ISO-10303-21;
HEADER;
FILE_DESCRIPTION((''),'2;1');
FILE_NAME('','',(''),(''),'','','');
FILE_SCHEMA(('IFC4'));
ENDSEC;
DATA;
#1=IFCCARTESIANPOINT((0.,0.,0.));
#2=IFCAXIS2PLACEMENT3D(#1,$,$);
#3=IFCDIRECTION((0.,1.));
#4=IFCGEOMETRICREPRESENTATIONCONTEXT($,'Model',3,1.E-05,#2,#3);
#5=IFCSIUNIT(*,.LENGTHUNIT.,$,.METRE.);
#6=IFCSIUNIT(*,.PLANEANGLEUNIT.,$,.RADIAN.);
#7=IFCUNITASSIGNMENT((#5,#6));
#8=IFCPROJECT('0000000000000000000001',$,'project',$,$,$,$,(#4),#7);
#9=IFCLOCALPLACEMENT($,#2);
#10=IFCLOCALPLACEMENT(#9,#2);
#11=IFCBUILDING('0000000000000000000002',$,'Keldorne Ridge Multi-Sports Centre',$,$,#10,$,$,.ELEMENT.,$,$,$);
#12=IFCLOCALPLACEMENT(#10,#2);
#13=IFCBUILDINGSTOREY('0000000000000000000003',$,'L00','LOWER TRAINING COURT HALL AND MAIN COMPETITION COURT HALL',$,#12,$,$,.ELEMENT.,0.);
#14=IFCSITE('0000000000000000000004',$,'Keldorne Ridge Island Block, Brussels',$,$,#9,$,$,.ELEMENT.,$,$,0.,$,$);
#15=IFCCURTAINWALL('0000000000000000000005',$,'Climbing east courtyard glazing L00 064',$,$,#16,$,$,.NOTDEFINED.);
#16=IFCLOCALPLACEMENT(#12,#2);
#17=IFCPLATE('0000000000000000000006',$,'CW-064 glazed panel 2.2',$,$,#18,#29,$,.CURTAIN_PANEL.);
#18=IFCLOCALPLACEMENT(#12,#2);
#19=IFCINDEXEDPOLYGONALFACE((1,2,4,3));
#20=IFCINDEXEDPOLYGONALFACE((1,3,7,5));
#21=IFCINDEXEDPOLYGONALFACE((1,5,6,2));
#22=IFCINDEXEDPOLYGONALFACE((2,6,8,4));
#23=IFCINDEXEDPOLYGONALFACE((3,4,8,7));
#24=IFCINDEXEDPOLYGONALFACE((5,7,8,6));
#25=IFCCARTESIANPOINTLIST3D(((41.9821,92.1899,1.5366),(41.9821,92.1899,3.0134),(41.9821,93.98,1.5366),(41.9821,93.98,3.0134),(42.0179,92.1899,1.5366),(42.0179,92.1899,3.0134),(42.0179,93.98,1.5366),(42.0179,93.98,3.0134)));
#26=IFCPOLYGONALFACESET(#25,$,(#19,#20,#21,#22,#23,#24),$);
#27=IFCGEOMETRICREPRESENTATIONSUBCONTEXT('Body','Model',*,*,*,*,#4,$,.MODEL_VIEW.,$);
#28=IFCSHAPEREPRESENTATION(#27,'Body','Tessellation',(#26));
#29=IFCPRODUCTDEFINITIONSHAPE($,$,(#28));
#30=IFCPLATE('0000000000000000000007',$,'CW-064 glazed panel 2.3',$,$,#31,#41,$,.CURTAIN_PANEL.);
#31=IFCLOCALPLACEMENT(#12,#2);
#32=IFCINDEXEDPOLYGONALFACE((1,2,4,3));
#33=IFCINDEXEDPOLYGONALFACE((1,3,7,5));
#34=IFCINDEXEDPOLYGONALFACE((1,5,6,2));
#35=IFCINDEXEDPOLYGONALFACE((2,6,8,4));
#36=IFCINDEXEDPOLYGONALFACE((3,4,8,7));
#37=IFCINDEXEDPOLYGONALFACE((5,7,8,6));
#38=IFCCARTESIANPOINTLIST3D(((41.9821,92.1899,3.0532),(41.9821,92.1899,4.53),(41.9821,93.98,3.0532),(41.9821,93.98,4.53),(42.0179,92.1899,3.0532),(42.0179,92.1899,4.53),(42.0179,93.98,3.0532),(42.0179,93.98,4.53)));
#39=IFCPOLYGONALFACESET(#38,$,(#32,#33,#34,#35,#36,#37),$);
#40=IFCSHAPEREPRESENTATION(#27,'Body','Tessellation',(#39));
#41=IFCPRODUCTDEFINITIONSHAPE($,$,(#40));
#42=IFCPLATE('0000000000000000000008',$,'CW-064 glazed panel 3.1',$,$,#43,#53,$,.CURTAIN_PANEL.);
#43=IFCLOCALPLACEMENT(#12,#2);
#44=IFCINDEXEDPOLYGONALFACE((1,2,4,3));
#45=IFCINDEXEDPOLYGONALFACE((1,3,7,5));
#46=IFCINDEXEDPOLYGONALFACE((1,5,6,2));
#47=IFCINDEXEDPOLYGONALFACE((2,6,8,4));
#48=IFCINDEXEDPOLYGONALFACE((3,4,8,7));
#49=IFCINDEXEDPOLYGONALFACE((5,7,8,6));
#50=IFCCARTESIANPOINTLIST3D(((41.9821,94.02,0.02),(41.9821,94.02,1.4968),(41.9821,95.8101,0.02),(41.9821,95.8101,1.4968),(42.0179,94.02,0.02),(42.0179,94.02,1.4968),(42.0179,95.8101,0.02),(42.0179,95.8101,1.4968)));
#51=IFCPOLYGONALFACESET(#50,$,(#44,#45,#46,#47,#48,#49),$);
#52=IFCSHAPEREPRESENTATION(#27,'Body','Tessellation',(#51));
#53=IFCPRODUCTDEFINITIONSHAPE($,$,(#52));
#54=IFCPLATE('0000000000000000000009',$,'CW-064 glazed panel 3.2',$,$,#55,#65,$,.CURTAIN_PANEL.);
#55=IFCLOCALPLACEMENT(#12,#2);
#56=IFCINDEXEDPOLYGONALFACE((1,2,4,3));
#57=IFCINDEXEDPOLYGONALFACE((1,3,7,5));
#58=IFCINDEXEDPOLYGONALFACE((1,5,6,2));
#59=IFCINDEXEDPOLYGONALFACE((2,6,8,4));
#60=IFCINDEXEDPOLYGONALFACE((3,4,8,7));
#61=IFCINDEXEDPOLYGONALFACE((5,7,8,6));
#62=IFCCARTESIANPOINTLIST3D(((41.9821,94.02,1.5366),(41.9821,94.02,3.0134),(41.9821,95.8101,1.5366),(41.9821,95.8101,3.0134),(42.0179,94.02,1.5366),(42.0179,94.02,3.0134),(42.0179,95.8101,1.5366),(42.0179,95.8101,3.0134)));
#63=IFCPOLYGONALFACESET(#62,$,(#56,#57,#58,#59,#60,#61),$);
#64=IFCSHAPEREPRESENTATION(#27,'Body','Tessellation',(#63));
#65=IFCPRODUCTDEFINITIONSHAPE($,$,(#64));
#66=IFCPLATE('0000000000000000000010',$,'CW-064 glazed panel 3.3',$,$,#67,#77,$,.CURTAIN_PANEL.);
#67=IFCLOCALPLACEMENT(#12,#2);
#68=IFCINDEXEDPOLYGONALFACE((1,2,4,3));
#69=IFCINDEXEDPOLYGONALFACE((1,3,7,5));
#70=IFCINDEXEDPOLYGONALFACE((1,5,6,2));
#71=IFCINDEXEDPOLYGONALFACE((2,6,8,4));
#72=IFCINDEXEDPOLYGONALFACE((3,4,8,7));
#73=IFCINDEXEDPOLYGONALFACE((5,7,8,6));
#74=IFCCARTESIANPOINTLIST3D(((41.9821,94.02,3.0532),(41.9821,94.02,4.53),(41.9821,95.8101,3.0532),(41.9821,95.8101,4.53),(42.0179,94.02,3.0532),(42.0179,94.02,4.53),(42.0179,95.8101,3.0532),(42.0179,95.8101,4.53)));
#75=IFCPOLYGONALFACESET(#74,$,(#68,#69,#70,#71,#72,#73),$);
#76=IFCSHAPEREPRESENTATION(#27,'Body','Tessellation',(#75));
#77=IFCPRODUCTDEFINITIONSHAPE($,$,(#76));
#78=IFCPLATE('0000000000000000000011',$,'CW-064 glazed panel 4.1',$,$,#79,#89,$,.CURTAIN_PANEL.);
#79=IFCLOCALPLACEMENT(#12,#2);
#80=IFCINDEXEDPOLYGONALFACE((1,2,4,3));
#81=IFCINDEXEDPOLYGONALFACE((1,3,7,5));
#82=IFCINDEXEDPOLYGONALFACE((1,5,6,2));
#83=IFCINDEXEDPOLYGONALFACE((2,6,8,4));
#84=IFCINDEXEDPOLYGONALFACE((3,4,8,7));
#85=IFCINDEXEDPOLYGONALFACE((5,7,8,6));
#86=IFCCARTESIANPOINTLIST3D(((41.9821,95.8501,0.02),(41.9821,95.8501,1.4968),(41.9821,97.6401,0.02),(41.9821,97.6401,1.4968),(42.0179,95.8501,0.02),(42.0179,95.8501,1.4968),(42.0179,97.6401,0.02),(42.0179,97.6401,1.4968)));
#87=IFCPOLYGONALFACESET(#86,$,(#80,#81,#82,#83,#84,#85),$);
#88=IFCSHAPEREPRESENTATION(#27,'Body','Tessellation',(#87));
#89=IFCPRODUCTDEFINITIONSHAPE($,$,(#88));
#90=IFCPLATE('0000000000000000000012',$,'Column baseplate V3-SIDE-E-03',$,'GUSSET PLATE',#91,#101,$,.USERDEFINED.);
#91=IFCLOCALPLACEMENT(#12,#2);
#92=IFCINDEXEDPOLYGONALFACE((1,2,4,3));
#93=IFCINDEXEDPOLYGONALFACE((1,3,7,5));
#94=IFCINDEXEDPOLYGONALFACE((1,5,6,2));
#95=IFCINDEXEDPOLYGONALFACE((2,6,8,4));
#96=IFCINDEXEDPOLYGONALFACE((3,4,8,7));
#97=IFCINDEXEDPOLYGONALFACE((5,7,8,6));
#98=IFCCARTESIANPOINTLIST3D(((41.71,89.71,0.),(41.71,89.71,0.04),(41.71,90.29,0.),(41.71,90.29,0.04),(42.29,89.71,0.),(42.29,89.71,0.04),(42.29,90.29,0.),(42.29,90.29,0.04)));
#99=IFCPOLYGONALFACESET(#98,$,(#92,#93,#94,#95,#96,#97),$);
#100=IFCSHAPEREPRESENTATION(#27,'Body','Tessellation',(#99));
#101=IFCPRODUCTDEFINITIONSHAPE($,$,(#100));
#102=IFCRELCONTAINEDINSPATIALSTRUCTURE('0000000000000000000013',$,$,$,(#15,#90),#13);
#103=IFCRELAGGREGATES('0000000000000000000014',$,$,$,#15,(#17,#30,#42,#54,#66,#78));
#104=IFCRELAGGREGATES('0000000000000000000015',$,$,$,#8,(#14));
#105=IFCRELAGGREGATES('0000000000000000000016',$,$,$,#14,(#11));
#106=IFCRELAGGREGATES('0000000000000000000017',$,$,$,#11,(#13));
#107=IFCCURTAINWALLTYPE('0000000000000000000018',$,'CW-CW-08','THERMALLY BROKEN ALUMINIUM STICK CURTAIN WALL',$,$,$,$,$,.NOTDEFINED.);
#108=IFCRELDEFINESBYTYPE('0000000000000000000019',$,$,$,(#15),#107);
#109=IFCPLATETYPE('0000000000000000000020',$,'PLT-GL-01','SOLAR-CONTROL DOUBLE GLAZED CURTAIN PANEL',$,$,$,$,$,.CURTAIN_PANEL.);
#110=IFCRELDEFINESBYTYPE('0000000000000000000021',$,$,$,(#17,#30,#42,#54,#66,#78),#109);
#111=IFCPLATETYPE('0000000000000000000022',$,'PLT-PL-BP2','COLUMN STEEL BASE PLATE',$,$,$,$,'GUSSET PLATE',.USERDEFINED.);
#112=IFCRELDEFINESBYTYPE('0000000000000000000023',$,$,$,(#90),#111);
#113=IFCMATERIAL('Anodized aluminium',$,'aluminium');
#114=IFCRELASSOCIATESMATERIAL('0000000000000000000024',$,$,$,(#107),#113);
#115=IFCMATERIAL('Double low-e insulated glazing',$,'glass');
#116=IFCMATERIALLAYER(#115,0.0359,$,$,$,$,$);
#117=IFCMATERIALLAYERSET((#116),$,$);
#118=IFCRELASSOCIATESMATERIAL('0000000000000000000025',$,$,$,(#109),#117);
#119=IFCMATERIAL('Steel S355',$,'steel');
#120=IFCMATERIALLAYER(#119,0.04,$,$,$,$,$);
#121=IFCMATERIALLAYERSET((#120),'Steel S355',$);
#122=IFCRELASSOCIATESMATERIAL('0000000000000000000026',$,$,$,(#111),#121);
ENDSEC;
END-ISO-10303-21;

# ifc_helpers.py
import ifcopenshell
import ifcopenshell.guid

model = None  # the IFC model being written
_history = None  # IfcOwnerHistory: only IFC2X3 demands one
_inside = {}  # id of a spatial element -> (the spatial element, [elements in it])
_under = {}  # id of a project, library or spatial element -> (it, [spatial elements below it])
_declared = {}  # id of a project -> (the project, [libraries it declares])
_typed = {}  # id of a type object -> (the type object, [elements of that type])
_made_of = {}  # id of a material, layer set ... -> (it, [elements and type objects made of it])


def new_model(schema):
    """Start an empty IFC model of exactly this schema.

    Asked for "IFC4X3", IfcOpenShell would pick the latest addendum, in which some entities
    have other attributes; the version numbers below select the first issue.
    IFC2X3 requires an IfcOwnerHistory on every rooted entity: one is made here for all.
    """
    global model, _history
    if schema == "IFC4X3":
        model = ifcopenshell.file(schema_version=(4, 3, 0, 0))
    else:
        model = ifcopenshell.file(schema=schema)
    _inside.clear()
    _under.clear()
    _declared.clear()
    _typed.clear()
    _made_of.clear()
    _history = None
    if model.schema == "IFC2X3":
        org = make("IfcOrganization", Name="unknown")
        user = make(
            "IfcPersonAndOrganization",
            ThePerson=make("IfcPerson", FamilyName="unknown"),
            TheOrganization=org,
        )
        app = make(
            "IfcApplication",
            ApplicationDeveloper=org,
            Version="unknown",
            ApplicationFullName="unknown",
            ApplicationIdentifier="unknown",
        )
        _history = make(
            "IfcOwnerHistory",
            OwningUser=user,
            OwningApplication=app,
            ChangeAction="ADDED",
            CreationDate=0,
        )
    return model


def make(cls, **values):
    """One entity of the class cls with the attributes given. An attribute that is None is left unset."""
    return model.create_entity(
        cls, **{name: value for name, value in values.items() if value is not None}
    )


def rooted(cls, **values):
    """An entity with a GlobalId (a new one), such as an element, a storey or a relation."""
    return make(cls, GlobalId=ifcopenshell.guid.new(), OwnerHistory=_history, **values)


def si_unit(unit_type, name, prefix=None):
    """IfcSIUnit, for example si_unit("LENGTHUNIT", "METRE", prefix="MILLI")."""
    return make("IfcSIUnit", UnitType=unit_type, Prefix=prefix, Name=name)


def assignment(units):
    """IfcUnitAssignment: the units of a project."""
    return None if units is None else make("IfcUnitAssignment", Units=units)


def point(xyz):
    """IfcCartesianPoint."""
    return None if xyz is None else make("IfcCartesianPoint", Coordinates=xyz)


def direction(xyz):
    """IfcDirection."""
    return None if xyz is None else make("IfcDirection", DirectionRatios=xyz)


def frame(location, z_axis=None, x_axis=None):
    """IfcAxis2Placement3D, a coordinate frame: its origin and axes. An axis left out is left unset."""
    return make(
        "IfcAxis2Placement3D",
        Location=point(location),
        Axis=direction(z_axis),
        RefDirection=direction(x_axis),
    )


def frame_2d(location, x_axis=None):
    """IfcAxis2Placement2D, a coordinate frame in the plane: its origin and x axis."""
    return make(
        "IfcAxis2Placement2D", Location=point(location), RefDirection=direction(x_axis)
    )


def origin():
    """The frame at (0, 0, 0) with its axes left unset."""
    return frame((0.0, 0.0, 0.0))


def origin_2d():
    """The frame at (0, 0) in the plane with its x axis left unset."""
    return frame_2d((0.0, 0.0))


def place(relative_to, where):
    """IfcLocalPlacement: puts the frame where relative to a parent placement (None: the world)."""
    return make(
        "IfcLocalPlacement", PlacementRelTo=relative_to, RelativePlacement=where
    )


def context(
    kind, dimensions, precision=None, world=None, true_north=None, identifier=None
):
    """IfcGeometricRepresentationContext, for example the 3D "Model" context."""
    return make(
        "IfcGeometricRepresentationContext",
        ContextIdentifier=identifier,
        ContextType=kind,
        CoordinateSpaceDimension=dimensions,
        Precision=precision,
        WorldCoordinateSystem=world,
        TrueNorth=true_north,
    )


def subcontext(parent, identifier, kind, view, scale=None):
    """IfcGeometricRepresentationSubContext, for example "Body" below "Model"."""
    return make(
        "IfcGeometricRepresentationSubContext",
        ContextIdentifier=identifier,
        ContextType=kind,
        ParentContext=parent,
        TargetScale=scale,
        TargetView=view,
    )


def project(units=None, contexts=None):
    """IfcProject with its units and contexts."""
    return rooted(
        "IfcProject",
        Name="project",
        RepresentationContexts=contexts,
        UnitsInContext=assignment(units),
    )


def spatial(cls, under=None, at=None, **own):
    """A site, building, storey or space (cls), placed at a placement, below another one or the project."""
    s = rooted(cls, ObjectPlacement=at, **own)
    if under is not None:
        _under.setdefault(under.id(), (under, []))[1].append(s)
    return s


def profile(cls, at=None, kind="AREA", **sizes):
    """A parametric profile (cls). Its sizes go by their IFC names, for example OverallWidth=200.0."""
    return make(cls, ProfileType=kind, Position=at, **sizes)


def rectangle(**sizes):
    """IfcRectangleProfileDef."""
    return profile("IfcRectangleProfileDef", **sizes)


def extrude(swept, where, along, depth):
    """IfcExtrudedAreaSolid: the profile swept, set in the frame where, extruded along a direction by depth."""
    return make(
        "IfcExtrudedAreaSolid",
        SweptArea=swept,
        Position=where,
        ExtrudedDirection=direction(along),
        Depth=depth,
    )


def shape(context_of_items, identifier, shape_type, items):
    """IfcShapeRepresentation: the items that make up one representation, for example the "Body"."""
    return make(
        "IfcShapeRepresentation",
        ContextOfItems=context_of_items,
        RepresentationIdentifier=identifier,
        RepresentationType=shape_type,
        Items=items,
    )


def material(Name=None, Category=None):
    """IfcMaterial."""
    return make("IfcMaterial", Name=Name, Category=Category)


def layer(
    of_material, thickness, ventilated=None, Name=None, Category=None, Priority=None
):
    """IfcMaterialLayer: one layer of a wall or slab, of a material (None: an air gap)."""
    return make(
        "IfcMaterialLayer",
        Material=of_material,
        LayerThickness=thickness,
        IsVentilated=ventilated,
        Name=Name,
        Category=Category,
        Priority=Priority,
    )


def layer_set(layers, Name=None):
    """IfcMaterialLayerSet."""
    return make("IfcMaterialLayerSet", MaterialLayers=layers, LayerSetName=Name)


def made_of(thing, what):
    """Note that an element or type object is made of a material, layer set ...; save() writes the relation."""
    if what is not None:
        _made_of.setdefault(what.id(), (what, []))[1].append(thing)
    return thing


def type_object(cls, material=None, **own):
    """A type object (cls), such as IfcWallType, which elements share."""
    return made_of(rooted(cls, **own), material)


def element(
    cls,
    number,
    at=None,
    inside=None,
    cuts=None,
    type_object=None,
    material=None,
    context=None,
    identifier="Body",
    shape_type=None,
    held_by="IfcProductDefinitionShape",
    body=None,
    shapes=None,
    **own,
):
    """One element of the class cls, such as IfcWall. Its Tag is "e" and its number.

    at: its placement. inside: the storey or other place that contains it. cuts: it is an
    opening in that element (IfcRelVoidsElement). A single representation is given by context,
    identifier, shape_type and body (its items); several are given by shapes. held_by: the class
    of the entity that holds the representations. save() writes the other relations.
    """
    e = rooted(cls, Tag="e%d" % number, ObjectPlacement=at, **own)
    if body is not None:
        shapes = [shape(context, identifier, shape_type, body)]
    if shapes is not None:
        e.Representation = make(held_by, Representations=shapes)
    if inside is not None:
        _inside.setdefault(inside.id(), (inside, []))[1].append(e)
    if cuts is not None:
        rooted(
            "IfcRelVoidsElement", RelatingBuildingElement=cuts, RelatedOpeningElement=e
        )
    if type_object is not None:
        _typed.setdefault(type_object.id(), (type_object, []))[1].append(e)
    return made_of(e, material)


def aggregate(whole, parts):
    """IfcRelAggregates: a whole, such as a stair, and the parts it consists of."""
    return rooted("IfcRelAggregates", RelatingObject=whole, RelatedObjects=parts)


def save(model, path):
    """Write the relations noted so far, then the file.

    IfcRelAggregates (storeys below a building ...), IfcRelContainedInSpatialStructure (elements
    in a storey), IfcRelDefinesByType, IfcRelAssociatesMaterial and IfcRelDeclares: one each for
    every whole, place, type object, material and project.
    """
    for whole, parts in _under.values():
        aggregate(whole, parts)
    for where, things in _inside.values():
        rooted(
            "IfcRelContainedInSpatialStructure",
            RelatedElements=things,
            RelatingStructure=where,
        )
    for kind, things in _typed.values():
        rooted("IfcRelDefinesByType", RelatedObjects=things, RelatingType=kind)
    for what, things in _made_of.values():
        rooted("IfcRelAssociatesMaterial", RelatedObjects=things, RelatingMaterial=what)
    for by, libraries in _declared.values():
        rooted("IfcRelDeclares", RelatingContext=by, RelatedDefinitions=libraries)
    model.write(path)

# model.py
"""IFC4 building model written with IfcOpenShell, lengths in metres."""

from ifc_helpers import new_model, si_unit, direction, frame, origin, origin_2d, place, context, subcontext, project, spatial, rectangle, extrude, material, layer, layer_set, type_object, element, aggregate, save


model = new_model("IFC4")

# Units and contexts
model_context = context("Model", 3, precision=1e-05, world=origin(), true_north=direction((0.0, 1.0)))
body_context = subcontext(model_context, "Body", "Model", "MODEL_VIEW")
ifc_project = project(units=[si_unit("LENGTHUNIT", "METRE"), si_unit("PLANEANGLEUNIT", "RADIAN")], contexts=[model_context])

# Site, building, storey
site_placement = place(None, origin())
site = spatial("IfcSite", under=ifc_project, at=site_placement, Name="Keldorne Ridge Island Block, Brussels", CompositionType="ELEMENT", RefElevation=0.0)
building_placement = place(site_placement, origin())
building = spatial("IfcBuilding", under=site, at=building_placement, Name="Keldorne Ridge Multi-Sports Centre", CompositionType="ELEMENT")
storey_placement = place(building_placement, origin())
storey = spatial("IfcBuildingStorey", under=building, at=storey_placement, Name="L00", Description="LOWER TRAINING COURT HALL AND MAIN COMPETITION COURT HALL", CompositionType="ELEMENT", Elevation=0.0)

# Shared definitions
ifc_material_1 = material(Name="Steel S355", Category="steel")

# Shared definitions
ifc_material_2 = material(Name="Anodized aluminium", Category="aluminium")

# Curtain wall, plates
curtain_wall_type_1 = type_object("IfcCurtainWallType", Name="CW-CW-08", Description="THERMALLY BROKEN ALUMINIUM STICK CURTAIN WALL", PredefinedType="NOTDEFINED", material=ifc_material_2)
curtain_wall_1_placement = place(storey_placement, origin())
curtain_wall_1 = element("IfcCurtainWall", 1, at=curtain_wall_1_placement, inside=storey, type_object=curtain_wall_type_1, Name="Climbing east courtyard glazing L00 064", PredefinedType="NOTDEFINED")
ifc_material_3 = material(Name="Double low-e insulated glazing", Category="glass")
ifc_layer_1 = layer(ifc_material_3, 0.0359)
ifc_layer_set_1 = layer_set([ifc_layer_1])
plate_type_1 = type_object("IfcPlateType", Name="PLT-GL-01", Description="SOLAR-CONTROL DOUBLE GLAZED CURTAIN PANEL", PredefinedType="CURTAIN_PANEL", material=ifc_layer_set_1)
plate_1_placement = place(storey_placement, frame((42.0, 93.085, 1.5366), z_axis=(0.0, 0.0, 1.0), x_axis=(0.0, 1.0, 0.0)))
plate_1 = element("IfcPlate", 2, at=plate_1_placement, type_object=plate_type_1, Name="CW-064 glazed panel 2.2", PredefinedType="CURTAIN_PANEL", context=body_context, shape_type="SweptSolid", body=[
    extrude(rectangle(XDim=1.79, YDim=0.0359, at=origin_2d()), origin(), (0.0, 0.0, 1.0), 1.4768),
])
plate_2_placement = place(storey_placement, frame((42.0, 93.085, 3.0532), z_axis=(0.0, 0.0, 1.0), x_axis=(0.0, 1.0, 0.0)))
plate_2 = element("IfcPlate", 3, at=plate_2_placement, type_object=plate_type_1, Name="CW-064 glazed panel 2.3", PredefinedType="CURTAIN_PANEL", context=body_context, shape_type="SweptSolid", body=[
    extrude(rectangle(XDim=1.79, YDim=0.0359, at=origin_2d()), origin(), (0.0, 0.0, 1.0), 1.4768),
])
plate_3_placement = place(storey_placement, frame((42.0, 94.915, 0.02), z_axis=(0.0, 0.0, 1.0), x_axis=(0.0, 1.0, 0.0)))
plate_3 = element("IfcPlate", 4, at=plate_3_placement, type_object=plate_type_1, Name="CW-064 glazed panel 3.1", PredefinedType="CURTAIN_PANEL", context=body_context, shape_type="SweptSolid", body=[
    extrude(rectangle(XDim=1.79, YDim=0.0359, at=origin_2d()), origin(), (0.0, 0.0, 1.0), 1.4768),
])
plate_4_placement = place(storey_placement, frame((42.0, 94.915, 1.5366), z_axis=(0.0, 0.0, 1.0), x_axis=(0.0, 1.0, 0.0)))
plate_4 = element("IfcPlate", 5, at=plate_4_placement, type_object=plate_type_1, Name="CW-064 glazed panel 3.2", PredefinedType="CURTAIN_PANEL", context=body_context, shape_type="SweptSolid", body=[
    extrude(rectangle(XDim=1.79, YDim=0.0359, at=origin_2d()), origin(), (0.0, 0.0, 1.0), 1.4768),
])
plate_5_placement = place(storey_placement, frame((42.0, 94.915, 3.0532), z_axis=(0.0, 0.0, 1.0), x_axis=(0.0, 1.0, 0.0)))
plate_5 = element("IfcPlate", 6, at=plate_5_placement, type_object=plate_type_1, Name="CW-064 glazed panel 3.3", PredefinedType="CURTAIN_PANEL", context=body_context, shape_type="SweptSolid", body=[
    extrude(rectangle(XDim=1.79, YDim=0.0359, at=origin_2d()), origin(), (0.0, 0.0, 1.0), 1.4768),
])
plate_6_placement = place(storey_placement, frame((42.0, 96.7451, 0.02), z_axis=(0.0, 0.0, 1.0), x_axis=(0.0, 1.0, 0.0)))
plate_6 = element("IfcPlate", 7, at=plate_6_placement, type_object=plate_type_1, Name="CW-064 glazed panel 4.1", PredefinedType="CURTAIN_PANEL", context=body_context, shape_type="SweptSolid", body=[
    extrude(rectangle(XDim=1.79, YDim=0.0359, at=origin_2d()), origin(), (0.0, 0.0, 1.0), 1.4768),
])
aggregate(curtain_wall_1, [plate_1, plate_2, plate_3, plate_4, plate_5, plate_6])

# Plate
ifc_layer_2 = layer(ifc_material_1, 0.04)
ifc_layer_set_2 = layer_set([ifc_layer_2], Name="Steel S355")
plate_type_2 = type_object("IfcPlateType", Name="PLT-PL-BP2", Description="COLUMN STEEL BASE PLATE", ElementType="GUSSET PLATE", PredefinedType="USERDEFINED", material=ifc_layer_set_2)
plate_7_placement = place(storey_placement, frame((42.0, 90.0, 0.0), z_axis=(0.0, 0.0, 1.0), x_axis=(1.0, 0.0, 0.0)))
element("IfcPlate", 8, at=plate_7_placement, inside=storey, type_object=plate_type_2, Name="Column baseplate V3-SIDE-E-03", ObjectType="GUSSET PLATE", PredefinedType="USERDEFINED", context=body_context, shape_type="SweptSolid", body=[
    extrude(rectangle(XDim=0.5801, YDim=0.5801, at=origin_2d()), origin(), (0.0, 0.0, 1.0), 0.04),
])

save(model, "model.ifc")
